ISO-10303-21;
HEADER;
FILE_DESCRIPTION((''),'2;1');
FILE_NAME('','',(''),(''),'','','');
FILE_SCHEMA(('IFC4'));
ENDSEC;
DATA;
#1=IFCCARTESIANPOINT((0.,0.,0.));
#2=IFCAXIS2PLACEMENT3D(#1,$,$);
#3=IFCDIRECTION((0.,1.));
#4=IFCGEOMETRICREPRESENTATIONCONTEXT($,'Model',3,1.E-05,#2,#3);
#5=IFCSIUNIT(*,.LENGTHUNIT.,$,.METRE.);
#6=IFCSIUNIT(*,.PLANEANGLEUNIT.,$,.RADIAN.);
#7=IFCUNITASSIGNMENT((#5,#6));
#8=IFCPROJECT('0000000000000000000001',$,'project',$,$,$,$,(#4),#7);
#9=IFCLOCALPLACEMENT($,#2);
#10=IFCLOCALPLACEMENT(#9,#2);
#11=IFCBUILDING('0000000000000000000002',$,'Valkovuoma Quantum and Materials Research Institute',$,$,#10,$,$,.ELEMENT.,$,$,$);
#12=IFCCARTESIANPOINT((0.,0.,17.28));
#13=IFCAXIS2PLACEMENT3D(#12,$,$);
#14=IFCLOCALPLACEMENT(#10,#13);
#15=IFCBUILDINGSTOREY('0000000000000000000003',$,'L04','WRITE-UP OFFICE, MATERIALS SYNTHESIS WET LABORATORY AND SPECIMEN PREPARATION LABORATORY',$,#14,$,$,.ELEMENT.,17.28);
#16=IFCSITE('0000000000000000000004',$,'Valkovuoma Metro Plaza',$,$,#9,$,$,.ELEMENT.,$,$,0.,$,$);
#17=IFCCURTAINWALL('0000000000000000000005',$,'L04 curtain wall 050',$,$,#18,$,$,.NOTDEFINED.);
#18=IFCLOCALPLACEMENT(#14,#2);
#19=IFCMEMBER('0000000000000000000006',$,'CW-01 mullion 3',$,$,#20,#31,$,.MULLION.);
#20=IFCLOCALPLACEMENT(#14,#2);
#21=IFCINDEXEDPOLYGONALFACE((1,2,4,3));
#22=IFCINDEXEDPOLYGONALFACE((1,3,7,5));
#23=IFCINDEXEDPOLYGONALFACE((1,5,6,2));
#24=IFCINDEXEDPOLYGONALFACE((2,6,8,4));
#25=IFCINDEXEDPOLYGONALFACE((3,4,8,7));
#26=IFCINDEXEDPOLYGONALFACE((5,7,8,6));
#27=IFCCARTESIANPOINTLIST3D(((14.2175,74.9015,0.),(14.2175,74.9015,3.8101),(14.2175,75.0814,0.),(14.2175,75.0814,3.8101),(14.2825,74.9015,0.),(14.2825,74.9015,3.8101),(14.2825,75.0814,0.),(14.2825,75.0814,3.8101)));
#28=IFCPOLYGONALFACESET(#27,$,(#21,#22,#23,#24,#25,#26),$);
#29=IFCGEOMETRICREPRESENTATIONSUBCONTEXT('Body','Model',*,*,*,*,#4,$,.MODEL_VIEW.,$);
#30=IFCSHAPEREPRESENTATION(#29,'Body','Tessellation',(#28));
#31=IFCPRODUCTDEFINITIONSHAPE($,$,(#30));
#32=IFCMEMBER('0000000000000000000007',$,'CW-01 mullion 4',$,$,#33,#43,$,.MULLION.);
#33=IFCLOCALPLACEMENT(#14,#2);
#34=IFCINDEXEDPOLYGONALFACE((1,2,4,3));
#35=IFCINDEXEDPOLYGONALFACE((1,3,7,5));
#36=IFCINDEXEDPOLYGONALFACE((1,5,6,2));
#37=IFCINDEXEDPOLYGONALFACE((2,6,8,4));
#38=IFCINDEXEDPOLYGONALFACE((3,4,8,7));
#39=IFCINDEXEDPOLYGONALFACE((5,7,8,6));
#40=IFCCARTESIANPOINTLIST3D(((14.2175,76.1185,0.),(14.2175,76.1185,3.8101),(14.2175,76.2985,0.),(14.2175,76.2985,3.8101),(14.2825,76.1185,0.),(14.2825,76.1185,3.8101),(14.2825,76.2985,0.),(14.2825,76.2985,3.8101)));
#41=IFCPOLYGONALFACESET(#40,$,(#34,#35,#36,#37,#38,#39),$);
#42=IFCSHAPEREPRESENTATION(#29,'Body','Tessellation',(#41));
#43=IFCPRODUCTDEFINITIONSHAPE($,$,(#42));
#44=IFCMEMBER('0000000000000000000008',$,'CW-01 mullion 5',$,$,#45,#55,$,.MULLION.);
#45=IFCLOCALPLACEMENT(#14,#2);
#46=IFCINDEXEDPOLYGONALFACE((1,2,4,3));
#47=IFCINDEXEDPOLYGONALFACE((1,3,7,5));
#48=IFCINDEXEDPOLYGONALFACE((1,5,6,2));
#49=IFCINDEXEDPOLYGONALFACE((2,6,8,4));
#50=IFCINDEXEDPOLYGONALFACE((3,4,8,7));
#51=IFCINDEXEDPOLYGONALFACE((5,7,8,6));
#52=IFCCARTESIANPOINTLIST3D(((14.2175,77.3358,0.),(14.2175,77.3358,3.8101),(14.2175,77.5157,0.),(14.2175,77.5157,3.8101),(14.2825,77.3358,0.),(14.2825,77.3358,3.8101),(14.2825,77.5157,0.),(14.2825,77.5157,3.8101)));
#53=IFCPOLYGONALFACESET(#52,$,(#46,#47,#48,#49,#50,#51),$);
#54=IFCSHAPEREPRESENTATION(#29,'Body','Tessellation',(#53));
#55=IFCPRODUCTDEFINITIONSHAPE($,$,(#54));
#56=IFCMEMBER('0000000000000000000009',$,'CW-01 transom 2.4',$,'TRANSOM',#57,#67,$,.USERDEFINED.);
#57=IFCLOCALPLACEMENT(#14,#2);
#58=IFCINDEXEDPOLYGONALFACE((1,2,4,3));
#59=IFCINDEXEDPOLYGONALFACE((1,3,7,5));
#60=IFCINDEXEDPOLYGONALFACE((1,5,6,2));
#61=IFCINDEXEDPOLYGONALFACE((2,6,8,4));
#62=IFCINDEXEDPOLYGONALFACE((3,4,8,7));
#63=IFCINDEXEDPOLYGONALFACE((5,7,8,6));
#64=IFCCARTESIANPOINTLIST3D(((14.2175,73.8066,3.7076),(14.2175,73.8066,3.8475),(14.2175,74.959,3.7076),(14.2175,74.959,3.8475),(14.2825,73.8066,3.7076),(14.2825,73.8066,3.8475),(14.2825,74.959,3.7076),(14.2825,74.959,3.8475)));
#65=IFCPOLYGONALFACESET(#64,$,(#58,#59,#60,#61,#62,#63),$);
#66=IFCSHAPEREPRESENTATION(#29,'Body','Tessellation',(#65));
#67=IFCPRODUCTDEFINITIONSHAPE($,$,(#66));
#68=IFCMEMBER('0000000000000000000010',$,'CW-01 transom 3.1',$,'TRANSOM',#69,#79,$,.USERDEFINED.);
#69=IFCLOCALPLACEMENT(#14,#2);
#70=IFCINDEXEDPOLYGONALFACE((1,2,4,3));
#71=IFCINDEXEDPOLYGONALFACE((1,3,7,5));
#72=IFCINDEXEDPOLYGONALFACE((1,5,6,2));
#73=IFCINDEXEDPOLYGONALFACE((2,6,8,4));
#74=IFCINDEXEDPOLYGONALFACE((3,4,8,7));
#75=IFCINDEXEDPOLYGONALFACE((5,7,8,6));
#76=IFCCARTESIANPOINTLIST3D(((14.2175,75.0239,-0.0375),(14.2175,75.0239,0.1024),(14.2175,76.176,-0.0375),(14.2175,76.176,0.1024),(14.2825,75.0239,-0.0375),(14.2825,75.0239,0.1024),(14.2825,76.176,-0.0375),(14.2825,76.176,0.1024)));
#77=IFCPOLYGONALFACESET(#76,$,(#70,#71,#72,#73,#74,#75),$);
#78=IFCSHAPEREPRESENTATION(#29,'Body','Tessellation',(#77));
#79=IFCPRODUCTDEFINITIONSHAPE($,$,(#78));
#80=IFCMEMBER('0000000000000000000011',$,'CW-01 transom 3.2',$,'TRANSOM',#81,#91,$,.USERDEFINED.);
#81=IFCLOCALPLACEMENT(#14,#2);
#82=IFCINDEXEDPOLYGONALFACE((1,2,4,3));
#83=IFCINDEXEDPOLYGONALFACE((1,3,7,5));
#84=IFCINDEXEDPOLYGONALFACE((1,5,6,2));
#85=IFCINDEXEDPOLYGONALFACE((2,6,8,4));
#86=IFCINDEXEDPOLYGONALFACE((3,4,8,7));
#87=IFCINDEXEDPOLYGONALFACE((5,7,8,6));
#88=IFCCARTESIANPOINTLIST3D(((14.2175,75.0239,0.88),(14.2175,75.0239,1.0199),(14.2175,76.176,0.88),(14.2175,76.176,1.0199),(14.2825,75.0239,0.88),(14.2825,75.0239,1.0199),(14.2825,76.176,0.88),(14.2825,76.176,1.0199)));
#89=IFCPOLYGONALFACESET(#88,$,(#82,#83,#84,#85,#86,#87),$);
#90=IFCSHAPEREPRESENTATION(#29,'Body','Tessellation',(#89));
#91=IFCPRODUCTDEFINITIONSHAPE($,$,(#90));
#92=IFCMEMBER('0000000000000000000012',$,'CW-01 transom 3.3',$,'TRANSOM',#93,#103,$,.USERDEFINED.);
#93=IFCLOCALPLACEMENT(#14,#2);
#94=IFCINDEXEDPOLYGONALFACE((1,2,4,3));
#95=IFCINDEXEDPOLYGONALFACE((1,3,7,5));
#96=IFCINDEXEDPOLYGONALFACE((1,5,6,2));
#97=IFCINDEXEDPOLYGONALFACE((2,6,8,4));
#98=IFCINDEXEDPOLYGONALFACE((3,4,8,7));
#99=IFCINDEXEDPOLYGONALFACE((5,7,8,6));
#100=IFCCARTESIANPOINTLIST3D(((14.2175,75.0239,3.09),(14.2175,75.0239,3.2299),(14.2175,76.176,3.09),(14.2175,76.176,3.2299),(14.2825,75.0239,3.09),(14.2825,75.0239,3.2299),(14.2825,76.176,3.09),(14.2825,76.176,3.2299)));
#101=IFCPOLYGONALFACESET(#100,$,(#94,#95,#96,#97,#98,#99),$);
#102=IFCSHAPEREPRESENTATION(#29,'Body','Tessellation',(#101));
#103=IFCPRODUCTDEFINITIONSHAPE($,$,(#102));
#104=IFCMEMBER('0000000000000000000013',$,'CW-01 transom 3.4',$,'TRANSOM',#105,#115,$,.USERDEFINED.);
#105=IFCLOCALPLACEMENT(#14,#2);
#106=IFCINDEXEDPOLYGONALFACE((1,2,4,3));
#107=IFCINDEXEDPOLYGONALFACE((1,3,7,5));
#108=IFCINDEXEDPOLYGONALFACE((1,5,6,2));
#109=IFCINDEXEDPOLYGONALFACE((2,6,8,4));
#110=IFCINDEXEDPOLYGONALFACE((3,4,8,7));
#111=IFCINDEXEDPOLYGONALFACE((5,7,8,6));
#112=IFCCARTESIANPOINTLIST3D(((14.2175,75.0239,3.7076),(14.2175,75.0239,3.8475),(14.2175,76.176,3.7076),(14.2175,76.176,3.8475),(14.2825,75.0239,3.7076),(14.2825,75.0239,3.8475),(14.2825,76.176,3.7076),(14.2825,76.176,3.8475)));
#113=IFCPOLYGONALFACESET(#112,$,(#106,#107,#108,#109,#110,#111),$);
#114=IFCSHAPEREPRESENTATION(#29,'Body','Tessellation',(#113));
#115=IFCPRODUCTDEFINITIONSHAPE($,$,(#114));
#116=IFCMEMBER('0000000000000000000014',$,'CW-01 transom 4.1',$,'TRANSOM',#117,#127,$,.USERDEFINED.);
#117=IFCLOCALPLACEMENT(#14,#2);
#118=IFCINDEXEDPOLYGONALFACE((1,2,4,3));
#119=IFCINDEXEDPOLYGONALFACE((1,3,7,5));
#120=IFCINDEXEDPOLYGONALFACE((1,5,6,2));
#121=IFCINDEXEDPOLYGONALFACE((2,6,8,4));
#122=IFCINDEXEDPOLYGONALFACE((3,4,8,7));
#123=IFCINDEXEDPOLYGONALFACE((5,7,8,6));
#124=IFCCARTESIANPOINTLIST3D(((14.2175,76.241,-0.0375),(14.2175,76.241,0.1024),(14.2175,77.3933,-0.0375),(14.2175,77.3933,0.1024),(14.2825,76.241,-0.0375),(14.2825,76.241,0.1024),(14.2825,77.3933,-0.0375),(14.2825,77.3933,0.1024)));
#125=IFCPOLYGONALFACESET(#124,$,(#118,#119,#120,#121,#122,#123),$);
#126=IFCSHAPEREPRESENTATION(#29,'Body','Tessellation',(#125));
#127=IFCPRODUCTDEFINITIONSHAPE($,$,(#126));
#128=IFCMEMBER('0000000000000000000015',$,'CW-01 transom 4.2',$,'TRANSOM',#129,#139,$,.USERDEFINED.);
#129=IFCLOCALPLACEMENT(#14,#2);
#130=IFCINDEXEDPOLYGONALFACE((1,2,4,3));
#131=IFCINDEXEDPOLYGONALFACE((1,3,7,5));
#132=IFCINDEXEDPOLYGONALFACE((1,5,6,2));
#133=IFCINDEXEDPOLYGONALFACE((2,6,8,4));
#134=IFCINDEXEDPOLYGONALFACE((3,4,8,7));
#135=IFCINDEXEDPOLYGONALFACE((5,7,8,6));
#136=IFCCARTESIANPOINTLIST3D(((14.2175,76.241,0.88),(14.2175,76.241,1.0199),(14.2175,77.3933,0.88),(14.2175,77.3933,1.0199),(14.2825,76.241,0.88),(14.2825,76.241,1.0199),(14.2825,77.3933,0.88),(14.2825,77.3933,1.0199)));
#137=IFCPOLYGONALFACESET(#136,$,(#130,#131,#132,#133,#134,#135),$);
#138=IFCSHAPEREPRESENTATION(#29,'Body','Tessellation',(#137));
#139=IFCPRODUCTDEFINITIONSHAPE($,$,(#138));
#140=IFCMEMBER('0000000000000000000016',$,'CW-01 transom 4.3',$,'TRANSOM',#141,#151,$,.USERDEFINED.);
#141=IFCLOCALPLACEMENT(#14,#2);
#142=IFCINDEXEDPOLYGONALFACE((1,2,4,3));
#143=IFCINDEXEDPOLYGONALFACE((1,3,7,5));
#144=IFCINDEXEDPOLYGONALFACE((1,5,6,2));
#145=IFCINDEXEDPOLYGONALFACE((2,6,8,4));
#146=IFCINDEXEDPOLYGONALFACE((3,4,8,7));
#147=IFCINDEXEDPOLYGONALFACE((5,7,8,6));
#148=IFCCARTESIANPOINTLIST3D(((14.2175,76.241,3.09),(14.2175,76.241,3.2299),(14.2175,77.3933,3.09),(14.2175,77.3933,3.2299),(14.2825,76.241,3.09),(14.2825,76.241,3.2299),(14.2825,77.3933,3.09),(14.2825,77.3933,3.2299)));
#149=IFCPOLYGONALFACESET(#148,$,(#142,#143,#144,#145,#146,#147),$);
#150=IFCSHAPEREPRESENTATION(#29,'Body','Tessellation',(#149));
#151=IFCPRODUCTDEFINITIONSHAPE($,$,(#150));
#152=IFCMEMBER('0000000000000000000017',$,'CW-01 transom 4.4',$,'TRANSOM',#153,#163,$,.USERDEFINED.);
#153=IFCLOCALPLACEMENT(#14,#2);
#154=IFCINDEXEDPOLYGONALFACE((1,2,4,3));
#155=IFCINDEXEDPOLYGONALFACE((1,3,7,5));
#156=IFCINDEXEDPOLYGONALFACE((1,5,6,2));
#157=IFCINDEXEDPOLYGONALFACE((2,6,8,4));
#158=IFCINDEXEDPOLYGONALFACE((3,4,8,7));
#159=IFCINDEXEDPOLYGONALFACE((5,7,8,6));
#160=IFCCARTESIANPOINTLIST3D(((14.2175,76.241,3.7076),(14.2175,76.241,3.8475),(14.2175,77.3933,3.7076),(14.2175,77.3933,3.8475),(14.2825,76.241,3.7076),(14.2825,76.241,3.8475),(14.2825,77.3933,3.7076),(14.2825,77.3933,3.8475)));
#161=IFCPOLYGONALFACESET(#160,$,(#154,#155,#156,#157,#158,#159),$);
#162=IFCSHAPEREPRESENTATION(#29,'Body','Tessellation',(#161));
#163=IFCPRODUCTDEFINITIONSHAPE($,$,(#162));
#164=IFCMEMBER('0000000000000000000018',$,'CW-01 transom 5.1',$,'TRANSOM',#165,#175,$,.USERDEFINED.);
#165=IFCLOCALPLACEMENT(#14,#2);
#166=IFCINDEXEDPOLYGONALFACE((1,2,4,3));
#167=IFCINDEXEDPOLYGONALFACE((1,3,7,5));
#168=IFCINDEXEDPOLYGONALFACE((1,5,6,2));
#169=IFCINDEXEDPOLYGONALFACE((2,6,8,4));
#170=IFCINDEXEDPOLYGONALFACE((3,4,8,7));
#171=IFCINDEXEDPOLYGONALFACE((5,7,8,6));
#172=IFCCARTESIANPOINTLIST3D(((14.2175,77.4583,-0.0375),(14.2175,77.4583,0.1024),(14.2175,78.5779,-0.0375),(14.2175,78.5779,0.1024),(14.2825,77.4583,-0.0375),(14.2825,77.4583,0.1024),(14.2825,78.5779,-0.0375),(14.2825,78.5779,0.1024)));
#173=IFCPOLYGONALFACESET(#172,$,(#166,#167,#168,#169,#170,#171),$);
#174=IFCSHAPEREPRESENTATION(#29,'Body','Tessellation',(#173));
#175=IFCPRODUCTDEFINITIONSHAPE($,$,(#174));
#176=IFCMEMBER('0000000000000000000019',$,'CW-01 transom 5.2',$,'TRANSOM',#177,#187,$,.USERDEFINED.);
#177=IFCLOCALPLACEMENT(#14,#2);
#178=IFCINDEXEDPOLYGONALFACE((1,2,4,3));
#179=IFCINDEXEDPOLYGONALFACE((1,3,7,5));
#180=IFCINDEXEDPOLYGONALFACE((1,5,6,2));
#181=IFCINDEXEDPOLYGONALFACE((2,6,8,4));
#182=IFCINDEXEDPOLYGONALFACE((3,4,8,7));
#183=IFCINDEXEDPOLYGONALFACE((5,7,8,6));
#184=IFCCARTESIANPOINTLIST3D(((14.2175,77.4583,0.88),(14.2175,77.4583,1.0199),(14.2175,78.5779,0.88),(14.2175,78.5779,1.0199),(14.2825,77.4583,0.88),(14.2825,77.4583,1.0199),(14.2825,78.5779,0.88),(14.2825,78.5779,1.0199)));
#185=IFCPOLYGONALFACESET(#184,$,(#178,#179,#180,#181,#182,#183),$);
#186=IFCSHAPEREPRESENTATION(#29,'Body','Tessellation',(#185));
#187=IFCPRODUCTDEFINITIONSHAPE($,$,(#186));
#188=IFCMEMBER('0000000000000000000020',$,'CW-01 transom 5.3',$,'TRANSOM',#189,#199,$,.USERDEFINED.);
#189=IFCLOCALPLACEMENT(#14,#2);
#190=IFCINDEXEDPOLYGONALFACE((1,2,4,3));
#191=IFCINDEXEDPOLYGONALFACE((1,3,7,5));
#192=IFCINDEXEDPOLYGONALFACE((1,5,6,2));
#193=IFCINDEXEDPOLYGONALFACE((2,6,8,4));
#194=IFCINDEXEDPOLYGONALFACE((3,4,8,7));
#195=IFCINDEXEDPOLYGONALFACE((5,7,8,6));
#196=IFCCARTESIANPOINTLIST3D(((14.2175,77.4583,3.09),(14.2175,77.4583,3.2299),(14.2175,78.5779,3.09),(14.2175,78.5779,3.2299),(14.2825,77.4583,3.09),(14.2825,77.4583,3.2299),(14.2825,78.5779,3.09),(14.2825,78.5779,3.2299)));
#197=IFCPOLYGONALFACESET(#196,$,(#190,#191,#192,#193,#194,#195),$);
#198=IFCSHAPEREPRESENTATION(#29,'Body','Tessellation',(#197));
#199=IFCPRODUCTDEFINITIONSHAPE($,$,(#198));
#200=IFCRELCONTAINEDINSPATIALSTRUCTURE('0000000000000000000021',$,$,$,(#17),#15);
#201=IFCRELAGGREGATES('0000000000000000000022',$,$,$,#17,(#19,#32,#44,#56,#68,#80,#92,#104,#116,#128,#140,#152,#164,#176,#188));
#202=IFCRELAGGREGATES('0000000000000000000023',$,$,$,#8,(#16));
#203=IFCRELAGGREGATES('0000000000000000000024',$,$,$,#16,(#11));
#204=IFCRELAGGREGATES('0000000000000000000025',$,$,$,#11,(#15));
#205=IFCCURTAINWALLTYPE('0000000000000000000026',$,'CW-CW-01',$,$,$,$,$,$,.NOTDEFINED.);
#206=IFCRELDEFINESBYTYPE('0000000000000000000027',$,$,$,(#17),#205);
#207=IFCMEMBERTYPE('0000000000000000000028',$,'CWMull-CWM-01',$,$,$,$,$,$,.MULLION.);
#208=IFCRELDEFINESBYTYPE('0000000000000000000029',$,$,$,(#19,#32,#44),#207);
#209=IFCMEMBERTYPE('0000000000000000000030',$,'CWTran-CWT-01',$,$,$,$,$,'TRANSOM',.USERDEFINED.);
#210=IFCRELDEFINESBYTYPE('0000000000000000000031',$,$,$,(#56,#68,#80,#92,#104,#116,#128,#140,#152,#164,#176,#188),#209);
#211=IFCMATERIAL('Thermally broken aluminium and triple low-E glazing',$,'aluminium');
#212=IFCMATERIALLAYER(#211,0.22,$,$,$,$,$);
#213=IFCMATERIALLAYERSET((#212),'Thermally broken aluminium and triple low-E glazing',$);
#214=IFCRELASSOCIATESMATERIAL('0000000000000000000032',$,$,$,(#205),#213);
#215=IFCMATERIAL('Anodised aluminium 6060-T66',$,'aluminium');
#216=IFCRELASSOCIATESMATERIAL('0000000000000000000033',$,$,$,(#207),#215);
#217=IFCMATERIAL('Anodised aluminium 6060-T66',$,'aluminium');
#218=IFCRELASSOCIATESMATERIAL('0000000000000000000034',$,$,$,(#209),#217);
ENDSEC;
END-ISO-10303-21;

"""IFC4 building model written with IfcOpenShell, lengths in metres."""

from ifc_helpers import new_model, si_unit, direction, frame, origin, origin_2d, place, context, subcontext, project, spatial, rectangle, extrude, material, layer, layer_set, material_profile, profile_set, type_object, element, aggregate, save


model = new_model("IFC4")

# Units and contexts
model_context = context("Model", 3, precision=1e-05, world=origin(), true_north=direction((0.0, 1.0)))
body_context = subcontext(model_context, "Body", "Model", "MODEL_VIEW")
ifc_project = project(units=[si_unit("LENGTHUNIT", "METRE"), si_unit("PLANEANGLEUNIT", "RADIAN")], contexts=[model_context])

# Site, building, storey
site_placement = place(None, origin())
site = spatial("IfcSite", under=ifc_project, at=site_placement, Name="Valkovuoma Metro Plaza", CompositionType="ELEMENT", RefElevation=0.0)
building_placement = place(site_placement, origin())
building = spatial("IfcBuilding", under=site, at=building_placement, Name="Valkovuoma Quantum and Materials Research Institute", CompositionType="ELEMENT")
storey_placement = place(building_placement, frame((0.0, 0.0, 17.28)))
storey = spatial("IfcBuildingStorey", under=building, at=storey_placement, Name="L04", Description="WRITE-UP OFFICE, MATERIALS SYNTHESIS WET LABORATORY AND SPECIMEN PREPARATION LABORATORY", CompositionType="ELEMENT", Elevation=17.28)

# Curtain wall, members
ifc_material_1 = material(Name="Thermally broken aluminium and triple low-E glazing", Category="aluminium")
ifc_layer_1 = layer(ifc_material_1, 0.22)
ifc_layer_set_1 = layer_set([ifc_layer_1], Name="Thermally broken aluminium and triple low-E glazing")
curtain_wall_type = type_object("IfcCurtainWallType", Name="CW-CW-01", PredefinedType="NOTDEFINED", material=ifc_layer_set_1)
curtain_wall_placement = place(storey_placement, origin())
curtain_wall = element("IfcCurtainWall", 1, at=curtain_wall_placement, inside=storey, type_object=curtain_wall_type, Name="L04 curtain wall 050", PredefinedType="NOTDEFINED")
ifc_material_2 = material(Name="Anodised aluminium 6060-T66", Category="aluminium")
ifc_material_profile_1 = material_profile(ifc_material_2, rectangle(XDim=0.0649, YDim=0.1799, at=origin_2d()), Name="Anodised aluminium 6060-T66")
ifc_profile_set_1 = profile_set([ifc_material_profile_1], Name="Anodised aluminium 6060-T66")
member_type_1 = type_object("IfcMemberType", Name="CWMull-CWM-01", PredefinedType="MULLION", material=ifc_profile_set_1)
member_1_placement = place(storey_placement, frame((14.25, 74.9915, 0.0), z_axis=(0.0, 0.0, 1.0), x_axis=(-1.0, 0.0, 0.0)))
member_1 = element("IfcMember", 2, at=member_1_placement, type_object=member_type_1, Name="CW-01 mullion 3", PredefinedType="MULLION", context=body_context, shape_type="SweptSolid", body=[
    extrude(rectangle(XDim=0.0649, YDim=0.1799, at=origin_2d()), origin(), (0.0, 0.0, 1.0), 3.8101),
])
member_2_placement = place(storey_placement, frame((14.25, 76.2085, 0.0), z_axis=(0.0, 0.0, 1.0), x_axis=(-1.0, 0.0, 0.0)))
member_2 = element("IfcMember", 3, at=member_2_placement, type_object=member_type_1, Name="CW-01 mullion 4", PredefinedType="MULLION", context=body_context, shape_type="SweptSolid", body=[
    extrude(rectangle(XDim=0.0649, YDim=0.1799, at=origin_2d()), origin(), (0.0, 0.0, 1.0), 3.8101),
])
member_3_placement = place(storey_placement, frame((14.25, 77.4258, 0.0), z_axis=(0.0, 0.0, 1.0), x_axis=(-1.0, 0.0, 0.0)))
member_3 = element("IfcMember", 4, at=member_3_placement, type_object=member_type_1, Name="CW-01 mullion 5", PredefinedType="MULLION", context=body_context, shape_type="SweptSolid", body=[
    extrude(rectangle(XDim=0.0649, YDim=0.1799, at=origin_2d()), origin(), (0.0, 0.0, 1.0), 3.8101),
])
ifc_material_3 = material(Name="Anodised aluminium 6060-T66", Category="aluminium")
ifc_material_profile_2 = material_profile(ifc_material_3, rectangle(XDim=0.0649, YDim=0.1399, at=origin_2d()), Name="Anodised aluminium 6060-T66")
ifc_profile_set_2 = profile_set([ifc_material_profile_2], Name="Anodised aluminium 6060-T66")
member_type_2 = type_object("IfcMemberType", Name="CWTran-CWT-01", ElementType="TRANSOM", PredefinedType="USERDEFINED", material=ifc_profile_set_2)
member_4_placement = place(storey_placement, frame((14.25, 73.8066, 3.7776), z_axis=(0.0, 1.0, 0.0), x_axis=(-1.0, 0.0, 0.0)))
member_4 = element("IfcMember", 5, at=member_4_placement, type_object=member_type_2, Name="CW-01 transom 2.4", ObjectType="TRANSOM", PredefinedType="USERDEFINED", context=body_context, shape_type="SweptSolid", body=[
    extrude(rectangle(XDim=0.0649, YDim=0.1399, at=origin_2d()), origin(), (0.0, 0.0, 1.0), 1.1523),
])
member_5_placement = place(storey_placement, frame((14.25, 75.0239, 0.0325), z_axis=(0.0, 1.0, 0.0), x_axis=(-1.0, 0.0, 0.0)))
member_5 = element("IfcMember", 6, at=member_5_placement, type_object=member_type_2, Name="CW-01 transom 3.1", ObjectType="TRANSOM", PredefinedType="USERDEFINED", context=body_context, shape_type="SweptSolid", body=[
    extrude(rectangle(XDim=0.0649, YDim=0.1399, at=origin_2d()), origin(), (0.0, 0.0, 1.0), 1.1521),
])
member_6_placement = place(storey_placement, frame((14.25, 75.0239, 0.95), z_axis=(0.0, 1.0, 0.0), x_axis=(-1.0, 0.0, 0.0)))
member_6 = element("IfcMember", 7, at=member_6_placement, type_object=member_type_2, Name="CW-01 transom 3.2", ObjectType="TRANSOM", PredefinedType="USERDEFINED", context=body_context, shape_type="SweptSolid", body=[
    extrude(rectangle(XDim=0.0649, YDim=0.1399, at=origin_2d()), origin(), (0.0, 0.0, 1.0), 1.1521),
])
member_7_placement = place(storey_placement, frame((14.25, 75.0239, 3.1599), z_axis=(0.0, 1.0, 0.0), x_axis=(-1.0, 0.0, 0.0)))
member_7 = element("IfcMember", 8, at=member_7_placement, type_object=member_type_2, Name="CW-01 transom 3.3", ObjectType="TRANSOM", PredefinedType="USERDEFINED", context=body_context, shape_type="SweptSolid", body=[
    extrude(rectangle(XDim=0.0649, YDim=0.1399, at=origin_2d()), origin(), (0.0, 0.0, 1.0), 1.1521),
])
member_8_placement = place(storey_placement, frame((14.25, 75.0239, 3.7776), z_axis=(0.0, 1.0, 0.0), x_axis=(-1.0, 0.0, 0.0)))
member_8 = element("IfcMember", 9, at=member_8_placement, type_object=member_type_2, Name="CW-01 transom 3.4", ObjectType="TRANSOM", PredefinedType="USERDEFINED", context=body_context, shape_type="SweptSolid", body=[
    extrude(rectangle(XDim=0.0649, YDim=0.1399, at=origin_2d()), origin(), (0.0, 0.0, 1.0), 1.1521),
])
member_9_placement = place(storey_placement, frame((14.25, 76.241, 0.0325), z_axis=(0.0, 1.0, 0.0), x_axis=(-1.0, 0.0, 0.0)))
member_9 = element("IfcMember", 10, at=member_9_placement, type_object=member_type_2, Name="CW-01 transom 4.1", ObjectType="TRANSOM", PredefinedType="USERDEFINED", context=body_context, shape_type="SweptSolid", body=[
    extrude(rectangle(XDim=0.0649, YDim=0.1399, at=origin_2d()), origin(), (0.0, 0.0, 1.0), 1.1523),
])
member_10_placement = place(storey_placement, frame((14.25, 76.241, 0.95), z_axis=(0.0, 1.0, 0.0), x_axis=(-1.0, 0.0, 0.0)))
member_10 = element("IfcMember", 11, at=member_10_placement, type_object=member_type_2, Name="CW-01 transom 4.2", ObjectType="TRANSOM", PredefinedType="USERDEFINED", context=body_context, shape_type="SweptSolid", body=[
    extrude(rectangle(XDim=0.0649, YDim=0.1399, at=origin_2d()), origin(), (0.0, 0.0, 1.0), 1.1523),
])
member_11_placement = place(storey_placement, frame((14.25, 76.241, 3.1599), z_axis=(0.0, 1.0, 0.0), x_axis=(-1.0, 0.0, 0.0)))
member_11 = element("IfcMember", 12, at=member_11_placement, type_object=member_type_2, Name="CW-01 transom 4.3", ObjectType="TRANSOM", PredefinedType="USERDEFINED", context=body_context, shape_type="SweptSolid", body=[
    extrude(rectangle(XDim=0.0649, YDim=0.1399, at=origin_2d()), origin(), (0.0, 0.0, 1.0), 1.1523),
])
member_12_placement = place(storey_placement, frame((14.25, 76.241, 3.7776), z_axis=(0.0, 1.0, 0.0), x_axis=(-1.0, 0.0, 0.0)))
member_12 = element("IfcMember", 13, at=member_12_placement, type_object=member_type_2, Name="CW-01 transom 4.4", ObjectType="TRANSOM", PredefinedType="USERDEFINED", context=body_context, shape_type="SweptSolid", body=[
    extrude(rectangle(XDim=0.0649, YDim=0.1399, at=origin_2d()), origin(), (0.0, 0.0, 1.0), 1.1523),
])
member_13_placement = place(storey_placement, frame((14.25, 77.4583, 0.0325), z_axis=(0.0, 1.0, 0.0), x_axis=(-1.0, 0.0, 0.0)))
member_13 = element("IfcMember", 14, at=member_13_placement, type_object=member_type_2, Name="CW-01 transom 5.1", ObjectType="TRANSOM", PredefinedType="USERDEFINED", context=body_context, shape_type="SweptSolid", body=[
    extrude(rectangle(XDim=0.0649, YDim=0.1399, at=origin_2d()), origin(), (0.0, 0.0, 1.0), 1.1196),
])
member_14_placement = place(storey_placement, frame((14.25, 77.4583, 0.95), z_axis=(0.0, 1.0, 0.0), x_axis=(-1.0, 0.0, 0.0)))
member_14 = element("IfcMember", 15, at=member_14_placement, type_object=member_type_2, Name="CW-01 transom 5.2", ObjectType="TRANSOM", PredefinedType="USERDEFINED", context=body_context, shape_type="SweptSolid", body=[
    extrude(rectangle(XDim=0.0649, YDim=0.1399, at=origin_2d()), origin(), (0.0, 0.0, 1.0), 1.1196),
])
member_15_placement = place(storey_placement, frame((14.25, 77.4583, 3.1599), z_axis=(0.0, 1.0, 0.0), x_axis=(-1.0, 0.0, 0.0)))
member_15 = element("IfcMember", 16, at=member_15_placement, type_object=member_type_2, Name="CW-01 transom 5.3", ObjectType="TRANSOM", PredefinedType="USERDEFINED", context=body_context, shape_type="SweptSolid", body=[
    extrude(rectangle(XDim=0.0649, YDim=0.1399, at=origin_2d()), origin(), (0.0, 0.0, 1.0), 1.1196),
])
aggregate(curtain_wall, [member_1, member_2, member_3, member_4, member_5, member_6, member_7, member_8, member_9, member_10, member_11, member_12, member_13, member_14, member_15])

save(model, "model.ifc")
